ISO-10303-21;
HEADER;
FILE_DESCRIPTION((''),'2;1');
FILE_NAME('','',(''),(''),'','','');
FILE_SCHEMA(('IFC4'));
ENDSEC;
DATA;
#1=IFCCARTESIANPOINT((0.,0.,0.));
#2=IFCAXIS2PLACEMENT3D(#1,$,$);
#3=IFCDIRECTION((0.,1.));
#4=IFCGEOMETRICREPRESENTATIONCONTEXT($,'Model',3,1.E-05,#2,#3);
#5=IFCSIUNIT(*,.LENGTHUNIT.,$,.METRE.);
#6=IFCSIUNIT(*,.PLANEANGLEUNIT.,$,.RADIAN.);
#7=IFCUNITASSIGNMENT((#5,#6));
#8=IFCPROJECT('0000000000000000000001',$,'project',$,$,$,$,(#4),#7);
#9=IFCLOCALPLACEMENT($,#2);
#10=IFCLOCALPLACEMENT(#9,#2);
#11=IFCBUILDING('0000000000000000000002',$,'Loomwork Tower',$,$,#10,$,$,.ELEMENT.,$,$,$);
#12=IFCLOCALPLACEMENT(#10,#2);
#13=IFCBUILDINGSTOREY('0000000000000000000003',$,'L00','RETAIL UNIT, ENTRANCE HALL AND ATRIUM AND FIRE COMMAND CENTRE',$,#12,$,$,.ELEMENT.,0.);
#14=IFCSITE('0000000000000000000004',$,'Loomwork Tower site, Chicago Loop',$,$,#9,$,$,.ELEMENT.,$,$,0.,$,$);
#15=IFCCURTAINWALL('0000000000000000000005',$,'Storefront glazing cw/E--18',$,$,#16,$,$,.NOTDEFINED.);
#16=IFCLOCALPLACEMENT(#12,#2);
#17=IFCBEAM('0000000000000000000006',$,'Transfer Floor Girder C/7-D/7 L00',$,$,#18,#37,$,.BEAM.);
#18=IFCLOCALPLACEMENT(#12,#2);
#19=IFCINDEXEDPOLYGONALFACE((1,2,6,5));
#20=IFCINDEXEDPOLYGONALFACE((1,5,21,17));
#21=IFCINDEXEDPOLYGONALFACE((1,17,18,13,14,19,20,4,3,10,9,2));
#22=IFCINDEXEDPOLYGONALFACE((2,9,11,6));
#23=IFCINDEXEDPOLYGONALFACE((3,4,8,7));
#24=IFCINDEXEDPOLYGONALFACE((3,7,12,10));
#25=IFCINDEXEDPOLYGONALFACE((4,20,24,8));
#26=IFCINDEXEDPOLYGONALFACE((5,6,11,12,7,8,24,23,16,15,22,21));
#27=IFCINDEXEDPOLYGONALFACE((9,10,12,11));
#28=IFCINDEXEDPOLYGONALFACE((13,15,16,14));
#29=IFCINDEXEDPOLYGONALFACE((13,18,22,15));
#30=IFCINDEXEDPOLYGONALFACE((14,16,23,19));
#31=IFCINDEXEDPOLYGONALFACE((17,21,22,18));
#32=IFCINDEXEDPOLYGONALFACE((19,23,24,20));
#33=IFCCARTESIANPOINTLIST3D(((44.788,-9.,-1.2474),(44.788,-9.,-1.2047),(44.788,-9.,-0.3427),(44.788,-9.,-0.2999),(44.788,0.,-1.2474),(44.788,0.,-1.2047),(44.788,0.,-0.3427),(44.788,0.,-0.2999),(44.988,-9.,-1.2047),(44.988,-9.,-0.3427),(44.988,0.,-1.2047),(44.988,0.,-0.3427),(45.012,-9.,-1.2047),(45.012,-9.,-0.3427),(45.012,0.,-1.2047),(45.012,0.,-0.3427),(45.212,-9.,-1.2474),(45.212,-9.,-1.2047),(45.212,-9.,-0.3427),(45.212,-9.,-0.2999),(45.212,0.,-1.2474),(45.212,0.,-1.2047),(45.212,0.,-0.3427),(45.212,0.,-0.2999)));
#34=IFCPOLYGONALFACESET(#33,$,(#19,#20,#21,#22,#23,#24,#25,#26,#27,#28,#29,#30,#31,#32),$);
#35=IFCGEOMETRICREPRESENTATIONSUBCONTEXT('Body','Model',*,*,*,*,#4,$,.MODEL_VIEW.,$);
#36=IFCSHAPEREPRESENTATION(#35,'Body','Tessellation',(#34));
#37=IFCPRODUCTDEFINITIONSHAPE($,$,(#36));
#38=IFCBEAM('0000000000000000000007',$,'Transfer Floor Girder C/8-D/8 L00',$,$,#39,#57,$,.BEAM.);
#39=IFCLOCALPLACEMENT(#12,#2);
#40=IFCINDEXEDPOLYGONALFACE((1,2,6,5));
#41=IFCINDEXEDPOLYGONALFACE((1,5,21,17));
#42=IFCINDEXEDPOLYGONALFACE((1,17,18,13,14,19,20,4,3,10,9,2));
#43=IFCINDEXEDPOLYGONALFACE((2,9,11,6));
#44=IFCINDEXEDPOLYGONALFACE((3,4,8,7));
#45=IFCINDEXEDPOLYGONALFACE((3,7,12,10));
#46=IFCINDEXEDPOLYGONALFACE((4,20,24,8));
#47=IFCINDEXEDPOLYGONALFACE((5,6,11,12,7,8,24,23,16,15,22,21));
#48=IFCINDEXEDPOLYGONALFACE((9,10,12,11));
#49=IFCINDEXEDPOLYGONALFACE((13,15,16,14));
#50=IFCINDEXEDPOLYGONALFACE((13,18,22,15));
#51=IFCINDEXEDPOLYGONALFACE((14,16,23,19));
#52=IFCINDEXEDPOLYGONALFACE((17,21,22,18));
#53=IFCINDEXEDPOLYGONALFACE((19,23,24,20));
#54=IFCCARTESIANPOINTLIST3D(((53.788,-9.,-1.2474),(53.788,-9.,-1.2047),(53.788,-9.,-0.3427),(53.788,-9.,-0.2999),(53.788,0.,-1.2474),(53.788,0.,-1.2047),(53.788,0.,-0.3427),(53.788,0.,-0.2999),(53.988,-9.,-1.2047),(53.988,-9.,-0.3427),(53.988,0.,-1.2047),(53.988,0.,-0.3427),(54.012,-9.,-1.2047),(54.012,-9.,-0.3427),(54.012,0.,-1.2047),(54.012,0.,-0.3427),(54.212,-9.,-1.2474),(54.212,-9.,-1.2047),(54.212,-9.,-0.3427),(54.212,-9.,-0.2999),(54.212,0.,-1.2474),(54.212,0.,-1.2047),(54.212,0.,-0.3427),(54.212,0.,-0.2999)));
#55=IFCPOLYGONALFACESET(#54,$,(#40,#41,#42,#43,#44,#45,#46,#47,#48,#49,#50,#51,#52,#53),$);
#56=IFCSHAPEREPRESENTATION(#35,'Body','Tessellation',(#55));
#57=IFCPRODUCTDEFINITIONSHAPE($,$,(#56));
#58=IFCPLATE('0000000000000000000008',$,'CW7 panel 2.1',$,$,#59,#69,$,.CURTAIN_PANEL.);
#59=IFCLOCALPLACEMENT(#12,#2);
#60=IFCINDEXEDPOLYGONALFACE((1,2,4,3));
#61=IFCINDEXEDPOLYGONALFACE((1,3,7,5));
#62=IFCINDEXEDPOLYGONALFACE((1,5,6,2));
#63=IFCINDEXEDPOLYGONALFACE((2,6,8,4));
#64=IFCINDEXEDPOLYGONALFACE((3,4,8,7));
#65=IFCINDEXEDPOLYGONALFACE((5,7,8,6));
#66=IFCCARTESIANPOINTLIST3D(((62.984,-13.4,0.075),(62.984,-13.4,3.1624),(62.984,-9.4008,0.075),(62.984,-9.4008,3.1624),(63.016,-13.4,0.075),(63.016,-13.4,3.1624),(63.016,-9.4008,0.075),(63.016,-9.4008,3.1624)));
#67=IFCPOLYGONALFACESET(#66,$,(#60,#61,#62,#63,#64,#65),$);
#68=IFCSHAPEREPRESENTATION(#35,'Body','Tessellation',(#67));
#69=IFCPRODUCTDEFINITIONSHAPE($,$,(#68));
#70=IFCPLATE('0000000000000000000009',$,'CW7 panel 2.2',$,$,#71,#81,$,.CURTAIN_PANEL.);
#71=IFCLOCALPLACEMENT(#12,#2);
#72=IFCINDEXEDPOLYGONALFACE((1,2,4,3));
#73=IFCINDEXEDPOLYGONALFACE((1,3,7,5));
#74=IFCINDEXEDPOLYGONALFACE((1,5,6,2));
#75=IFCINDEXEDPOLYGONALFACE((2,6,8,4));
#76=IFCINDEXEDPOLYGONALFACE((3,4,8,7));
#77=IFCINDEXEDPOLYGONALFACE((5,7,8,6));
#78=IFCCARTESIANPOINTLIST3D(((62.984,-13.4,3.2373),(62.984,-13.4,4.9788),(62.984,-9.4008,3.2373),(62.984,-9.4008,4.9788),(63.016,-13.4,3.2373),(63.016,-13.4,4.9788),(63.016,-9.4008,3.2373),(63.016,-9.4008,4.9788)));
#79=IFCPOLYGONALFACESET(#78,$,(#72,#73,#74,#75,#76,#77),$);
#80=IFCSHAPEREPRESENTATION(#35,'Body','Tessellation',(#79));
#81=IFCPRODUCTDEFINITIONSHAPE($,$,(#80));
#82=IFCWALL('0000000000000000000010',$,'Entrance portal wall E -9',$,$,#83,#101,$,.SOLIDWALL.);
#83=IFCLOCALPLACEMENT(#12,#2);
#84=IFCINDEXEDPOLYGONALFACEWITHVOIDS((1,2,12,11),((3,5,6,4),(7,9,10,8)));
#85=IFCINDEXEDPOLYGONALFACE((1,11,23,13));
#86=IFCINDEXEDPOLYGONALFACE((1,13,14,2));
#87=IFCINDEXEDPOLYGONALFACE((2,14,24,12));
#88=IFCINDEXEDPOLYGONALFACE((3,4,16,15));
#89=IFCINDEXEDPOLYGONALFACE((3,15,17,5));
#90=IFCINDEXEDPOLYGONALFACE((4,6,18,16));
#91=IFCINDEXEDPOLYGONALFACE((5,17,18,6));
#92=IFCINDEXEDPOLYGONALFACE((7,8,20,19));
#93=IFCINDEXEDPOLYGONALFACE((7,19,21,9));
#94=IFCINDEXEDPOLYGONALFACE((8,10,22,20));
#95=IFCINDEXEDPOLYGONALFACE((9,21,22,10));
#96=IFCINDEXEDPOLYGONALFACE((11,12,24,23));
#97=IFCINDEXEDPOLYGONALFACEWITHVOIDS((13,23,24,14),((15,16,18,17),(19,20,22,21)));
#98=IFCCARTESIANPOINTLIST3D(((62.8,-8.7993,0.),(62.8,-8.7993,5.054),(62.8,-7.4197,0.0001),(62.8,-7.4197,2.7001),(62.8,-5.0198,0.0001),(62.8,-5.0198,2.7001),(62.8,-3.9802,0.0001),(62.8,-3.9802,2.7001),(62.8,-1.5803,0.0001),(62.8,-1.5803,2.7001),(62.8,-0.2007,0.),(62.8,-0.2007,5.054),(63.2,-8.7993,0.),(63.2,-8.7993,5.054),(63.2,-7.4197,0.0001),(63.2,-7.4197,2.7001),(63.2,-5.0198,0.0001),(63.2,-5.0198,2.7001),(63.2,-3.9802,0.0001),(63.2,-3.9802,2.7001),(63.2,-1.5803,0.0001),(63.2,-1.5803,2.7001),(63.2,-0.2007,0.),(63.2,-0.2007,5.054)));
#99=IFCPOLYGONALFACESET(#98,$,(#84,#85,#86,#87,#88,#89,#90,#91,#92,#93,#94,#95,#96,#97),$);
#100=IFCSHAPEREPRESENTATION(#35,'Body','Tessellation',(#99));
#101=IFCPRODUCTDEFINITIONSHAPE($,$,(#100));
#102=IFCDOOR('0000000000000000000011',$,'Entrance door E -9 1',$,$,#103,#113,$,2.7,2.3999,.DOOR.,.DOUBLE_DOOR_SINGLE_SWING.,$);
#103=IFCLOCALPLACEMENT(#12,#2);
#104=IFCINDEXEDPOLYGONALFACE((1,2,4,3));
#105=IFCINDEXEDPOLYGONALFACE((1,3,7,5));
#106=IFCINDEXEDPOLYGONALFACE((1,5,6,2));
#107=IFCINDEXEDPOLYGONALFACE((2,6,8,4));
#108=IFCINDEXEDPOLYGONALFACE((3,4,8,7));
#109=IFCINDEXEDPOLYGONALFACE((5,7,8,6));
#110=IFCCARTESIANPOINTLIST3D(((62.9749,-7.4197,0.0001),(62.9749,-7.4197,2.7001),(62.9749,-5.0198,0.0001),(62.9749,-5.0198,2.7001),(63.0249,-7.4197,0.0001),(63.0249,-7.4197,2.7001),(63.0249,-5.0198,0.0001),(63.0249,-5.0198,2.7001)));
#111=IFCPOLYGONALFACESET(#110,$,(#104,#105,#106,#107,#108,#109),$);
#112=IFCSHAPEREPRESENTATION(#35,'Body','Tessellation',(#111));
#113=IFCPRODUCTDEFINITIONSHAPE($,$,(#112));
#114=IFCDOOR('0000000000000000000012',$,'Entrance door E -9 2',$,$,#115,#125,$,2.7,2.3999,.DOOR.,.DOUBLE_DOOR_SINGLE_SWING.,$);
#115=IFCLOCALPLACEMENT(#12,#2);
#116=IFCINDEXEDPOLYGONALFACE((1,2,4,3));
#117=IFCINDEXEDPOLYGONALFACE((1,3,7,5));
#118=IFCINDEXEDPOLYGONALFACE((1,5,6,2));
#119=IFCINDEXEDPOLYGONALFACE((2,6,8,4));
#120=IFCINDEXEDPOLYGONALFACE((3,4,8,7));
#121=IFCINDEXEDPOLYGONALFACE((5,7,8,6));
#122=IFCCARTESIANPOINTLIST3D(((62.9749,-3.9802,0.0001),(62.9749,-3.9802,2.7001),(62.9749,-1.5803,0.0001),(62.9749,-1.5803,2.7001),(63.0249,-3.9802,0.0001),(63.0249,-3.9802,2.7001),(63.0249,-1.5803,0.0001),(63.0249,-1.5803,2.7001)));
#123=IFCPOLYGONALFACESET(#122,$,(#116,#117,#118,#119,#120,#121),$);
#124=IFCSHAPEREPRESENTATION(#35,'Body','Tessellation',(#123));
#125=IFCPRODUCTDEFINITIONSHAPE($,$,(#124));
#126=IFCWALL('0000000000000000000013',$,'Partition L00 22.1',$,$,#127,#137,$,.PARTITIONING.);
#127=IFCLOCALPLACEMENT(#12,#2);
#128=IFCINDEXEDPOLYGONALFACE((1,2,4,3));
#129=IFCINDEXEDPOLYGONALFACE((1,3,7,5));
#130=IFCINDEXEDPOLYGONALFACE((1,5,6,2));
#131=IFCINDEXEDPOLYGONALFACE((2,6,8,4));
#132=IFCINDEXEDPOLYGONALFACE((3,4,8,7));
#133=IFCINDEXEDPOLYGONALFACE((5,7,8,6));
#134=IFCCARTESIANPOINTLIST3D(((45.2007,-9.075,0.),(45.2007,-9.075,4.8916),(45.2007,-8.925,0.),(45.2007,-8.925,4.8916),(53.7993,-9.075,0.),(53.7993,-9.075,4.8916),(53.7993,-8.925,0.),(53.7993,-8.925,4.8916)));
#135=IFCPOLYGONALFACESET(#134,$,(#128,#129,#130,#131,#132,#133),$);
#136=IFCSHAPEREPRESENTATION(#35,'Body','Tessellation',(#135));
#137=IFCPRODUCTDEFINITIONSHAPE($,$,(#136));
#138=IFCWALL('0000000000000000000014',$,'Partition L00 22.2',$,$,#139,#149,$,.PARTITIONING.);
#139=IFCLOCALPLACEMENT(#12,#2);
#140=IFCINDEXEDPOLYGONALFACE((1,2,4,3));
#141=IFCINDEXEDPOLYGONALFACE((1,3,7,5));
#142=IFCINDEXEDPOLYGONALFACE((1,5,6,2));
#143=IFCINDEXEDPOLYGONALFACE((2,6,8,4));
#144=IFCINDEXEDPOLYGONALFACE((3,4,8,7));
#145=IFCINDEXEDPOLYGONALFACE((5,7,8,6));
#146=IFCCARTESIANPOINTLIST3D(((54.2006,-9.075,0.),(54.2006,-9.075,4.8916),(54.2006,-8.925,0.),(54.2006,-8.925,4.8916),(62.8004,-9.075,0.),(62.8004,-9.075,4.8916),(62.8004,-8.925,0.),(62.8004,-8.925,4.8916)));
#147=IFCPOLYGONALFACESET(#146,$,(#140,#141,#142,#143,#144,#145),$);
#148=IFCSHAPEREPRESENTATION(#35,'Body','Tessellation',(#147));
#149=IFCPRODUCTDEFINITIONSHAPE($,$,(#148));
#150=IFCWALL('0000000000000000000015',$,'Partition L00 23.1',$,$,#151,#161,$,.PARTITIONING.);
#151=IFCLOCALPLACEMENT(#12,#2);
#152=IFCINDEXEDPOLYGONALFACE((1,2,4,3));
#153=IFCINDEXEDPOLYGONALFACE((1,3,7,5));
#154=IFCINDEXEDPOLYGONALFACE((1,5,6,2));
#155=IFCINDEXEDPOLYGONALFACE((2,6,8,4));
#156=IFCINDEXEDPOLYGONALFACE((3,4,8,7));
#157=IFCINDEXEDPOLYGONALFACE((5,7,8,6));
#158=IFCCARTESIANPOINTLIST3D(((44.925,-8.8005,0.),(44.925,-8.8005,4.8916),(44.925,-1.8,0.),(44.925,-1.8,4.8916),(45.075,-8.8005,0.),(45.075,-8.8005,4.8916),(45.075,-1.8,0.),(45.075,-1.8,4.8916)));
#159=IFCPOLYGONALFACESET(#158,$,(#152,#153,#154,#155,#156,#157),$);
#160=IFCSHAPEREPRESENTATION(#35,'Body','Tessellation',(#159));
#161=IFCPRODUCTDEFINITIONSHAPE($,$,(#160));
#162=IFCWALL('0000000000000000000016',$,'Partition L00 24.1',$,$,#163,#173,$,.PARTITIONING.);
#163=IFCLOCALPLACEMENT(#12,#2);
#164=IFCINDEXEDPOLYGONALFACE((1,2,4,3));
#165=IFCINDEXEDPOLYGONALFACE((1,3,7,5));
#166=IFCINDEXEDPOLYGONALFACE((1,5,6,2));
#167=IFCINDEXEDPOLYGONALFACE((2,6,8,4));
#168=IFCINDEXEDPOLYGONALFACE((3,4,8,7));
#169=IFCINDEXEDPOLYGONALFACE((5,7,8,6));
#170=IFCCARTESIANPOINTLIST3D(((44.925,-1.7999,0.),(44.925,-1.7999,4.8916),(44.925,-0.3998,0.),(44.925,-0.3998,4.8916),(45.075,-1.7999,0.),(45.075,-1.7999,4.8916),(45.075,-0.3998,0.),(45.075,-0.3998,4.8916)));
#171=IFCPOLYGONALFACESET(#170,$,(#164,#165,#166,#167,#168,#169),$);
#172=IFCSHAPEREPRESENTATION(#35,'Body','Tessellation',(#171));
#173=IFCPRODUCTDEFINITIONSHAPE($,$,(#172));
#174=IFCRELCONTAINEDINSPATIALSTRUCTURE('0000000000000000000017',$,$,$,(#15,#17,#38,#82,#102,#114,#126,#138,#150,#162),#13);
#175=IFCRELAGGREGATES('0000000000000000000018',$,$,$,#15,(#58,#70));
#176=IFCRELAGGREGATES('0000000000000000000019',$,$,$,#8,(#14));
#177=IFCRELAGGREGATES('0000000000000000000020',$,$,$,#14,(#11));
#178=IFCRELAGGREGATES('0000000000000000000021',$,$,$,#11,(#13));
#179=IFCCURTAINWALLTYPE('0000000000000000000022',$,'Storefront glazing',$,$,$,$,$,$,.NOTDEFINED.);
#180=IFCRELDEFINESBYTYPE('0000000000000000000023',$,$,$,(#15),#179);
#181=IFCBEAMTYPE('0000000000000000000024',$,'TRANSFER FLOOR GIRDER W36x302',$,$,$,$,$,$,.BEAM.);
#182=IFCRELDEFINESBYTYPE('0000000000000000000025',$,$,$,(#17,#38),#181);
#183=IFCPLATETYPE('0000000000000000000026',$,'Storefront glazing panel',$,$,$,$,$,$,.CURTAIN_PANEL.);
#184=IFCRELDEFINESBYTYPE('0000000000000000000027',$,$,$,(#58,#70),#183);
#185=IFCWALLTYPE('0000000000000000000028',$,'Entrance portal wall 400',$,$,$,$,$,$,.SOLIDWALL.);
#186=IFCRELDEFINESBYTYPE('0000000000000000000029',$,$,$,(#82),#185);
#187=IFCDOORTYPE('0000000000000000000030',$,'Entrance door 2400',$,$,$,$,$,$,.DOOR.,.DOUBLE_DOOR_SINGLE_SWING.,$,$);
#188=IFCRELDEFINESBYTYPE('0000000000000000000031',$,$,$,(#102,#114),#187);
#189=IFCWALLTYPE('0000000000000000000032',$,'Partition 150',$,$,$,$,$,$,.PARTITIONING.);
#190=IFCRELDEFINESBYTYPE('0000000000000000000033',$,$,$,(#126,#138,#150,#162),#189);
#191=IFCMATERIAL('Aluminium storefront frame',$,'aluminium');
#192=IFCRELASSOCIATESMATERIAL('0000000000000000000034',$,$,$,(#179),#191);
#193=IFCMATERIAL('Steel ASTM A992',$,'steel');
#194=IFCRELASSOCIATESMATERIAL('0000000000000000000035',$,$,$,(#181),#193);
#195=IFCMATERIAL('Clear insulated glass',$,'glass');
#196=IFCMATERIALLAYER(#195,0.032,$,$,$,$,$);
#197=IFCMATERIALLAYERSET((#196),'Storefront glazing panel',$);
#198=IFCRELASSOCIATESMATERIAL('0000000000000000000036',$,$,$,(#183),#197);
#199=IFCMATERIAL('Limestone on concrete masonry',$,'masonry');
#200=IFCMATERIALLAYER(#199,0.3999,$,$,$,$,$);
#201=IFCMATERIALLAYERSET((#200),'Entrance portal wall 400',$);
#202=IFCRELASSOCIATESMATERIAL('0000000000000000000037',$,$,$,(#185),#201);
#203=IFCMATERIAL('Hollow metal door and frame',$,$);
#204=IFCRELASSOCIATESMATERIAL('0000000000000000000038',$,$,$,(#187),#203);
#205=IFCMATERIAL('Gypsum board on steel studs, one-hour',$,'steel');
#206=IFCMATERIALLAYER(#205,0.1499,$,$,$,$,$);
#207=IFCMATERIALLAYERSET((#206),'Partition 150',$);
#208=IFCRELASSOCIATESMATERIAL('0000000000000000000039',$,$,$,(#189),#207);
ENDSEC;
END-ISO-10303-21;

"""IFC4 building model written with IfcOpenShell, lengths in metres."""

from ifc_helpers import new_model, si_unit, direction, frame, frame_2d, origin, origin_2d, place, context, subcontext, project, spatial, rectangle, i_section, extrude, material, layer, layer_set, material_profile, profile_set, type_object, element, fill, aggregate, save


model = new_model("IFC4")

# Units and contexts
model_context = context("Model", 3, precision=1e-05, world=origin(), true_north=direction((0.0, 1.0)))
body_context = subcontext(model_context, "Body", "Model", "MODEL_VIEW")
ifc_project = project(units=[si_unit("LENGTHUNIT", "METRE"), si_unit("PLANEANGLEUNIT", "RADIAN")], contexts=[model_context])

# Site, building, storey
site_placement = place(None, origin())
site = spatial("IfcSite", under=ifc_project, at=site_placement, Name="Loomwork Tower site, Chicago Loop", CompositionType="ELEMENT", RefElevation=0.0)
building_placement = place(site_placement, origin())
building = spatial("IfcBuilding", under=site, at=building_placement, Name="Loomwork Tower", CompositionType="ELEMENT")
storey_placement = place(building_placement, origin())
storey = spatial("IfcBuildingStorey", under=building, at=storey_placement, Name="L00", Description="RETAIL UNIT, ENTRANCE HALL AND ATRIUM AND FIRE COMMAND CENTRE", CompositionType="ELEMENT", Elevation=0.0)

# Curtain wall
ifc_material_1 = material(Name="Aluminium storefront frame", Category="aluminium")
curtain_wall_type = type_object("IfcCurtainWallType", Name="Storefront glazing", PredefinedType="NOTDEFINED", material=ifc_material_1)
curtain_wall_placement = place(storey_placement, origin())
curtain_wall = element("IfcCurtainWall", 1, at=curtain_wall_placement, inside=storey, type_object=curtain_wall_type, Name="Storefront glazing cw/E--18", PredefinedType="NOTDEFINED")

# Beams
ifc_material_2 = material(Name="Steel ASTM A992", Category="steel")
ifc_material_profile_1 = material_profile(ifc_material_2, i_section(OverallWidth=0.4241, OverallDepth=0.9475, WebThickness=0.0239, FlangeThickness=0.0427, at=origin_2d()), Name="W36x302")
ifc_profile_set_1 = profile_set([ifc_material_profile_1], Name="Steel ASTM A992")
beam_type_1 = type_object("IfcBeamType", Name="TRANSFER FLOOR GIRDER W36x302", PredefinedType="BEAM", material=ifc_profile_set_1)
for number, where, z_axis, x_axis, name in (
    (2, (45.0, -9.0, -0.7737), (0.0, 1.0, 0.0), (-1.0, 0.0, 0.0), "Transfer Floor Girder C/7-D/7 L00"),
    (3, (54.0, -9.0, -0.7737), (0.0, 1.0, 0.0), (-1.0, 0.0, 0.0), "Transfer Floor Girder C/8-D/8 L00"),
):
    element("IfcBeam", number, at=place(storey_placement, frame(where, z_axis=z_axis, x_axis=x_axis)), inside=storey, type_object=beam_type_1, Name=name, PredefinedType="BEAM", context=body_context, shape_type="SweptSolid", body=[
        extrude(i_section(OverallWidth=0.4241, OverallDepth=0.9475, WebThickness=0.0239, FlangeThickness=0.0427, at=origin_2d()), origin(), (0.0, 0.0, 1.0), 9.0),
    ])

# Plates
ifc_material_3 = material(Name="Clear insulated glass", Category="glass")
ifc_layer_1 = layer(ifc_material_3, 0.032)
ifc_layer_set_1 = layer_set([ifc_layer_1], Name="Storefront glazing panel")
plate_type = type_object("IfcPlateType", Name="Storefront glazing panel", PredefinedType="CURTAIN_PANEL", material=ifc_layer_set_1)
plate_1_placement = place(storey_placement, frame((63.0, -11.4004, 0.075), z_axis=(0.0, 0.0, 1.0), x_axis=(0.0, 1.0, 0.0)))
plate_1 = element("IfcPlate", 4, at=plate_1_placement, type_object=plate_type, Name="CW7 panel 2.1", PredefinedType="CURTAIN_PANEL", context=body_context, shape_type="SweptSolid", body=[
    extrude(rectangle(XDim=3.9993, YDim=0.032, at=origin_2d()), origin(), (0.0, 0.0, 1.0), 3.0874),
])
plate_2_placement = place(storey_placement, frame((63.0, -11.4004, 3.2373), z_axis=(0.0, 0.0, 1.0), x_axis=(0.0, 1.0, 0.0)))
plate_2 = element("IfcPlate", 5, at=plate_2_placement, type_object=plate_type, Name="CW7 panel 2.2", PredefinedType="CURTAIN_PANEL", context=body_context, shape_type="SweptSolid", body=[
    extrude(rectangle(XDim=3.9993, YDim=0.032, at=origin_2d()), origin(), (0.0, 0.0, 1.0), 1.7415),
])
aggregate(curtain_wall, [plate_1, plate_2])

# Wall, openings, doors
ifc_material_4 = material(Name="Limestone on concrete masonry", Category="masonry")
ifc_layer_2 = layer(ifc_material_4, 0.3999)
ifc_layer_set_2 = layer_set([ifc_layer_2], Name="Entrance portal wall 400")
wall_type_1 = type_object("IfcWallType", Name="Entrance portal wall 400", PredefinedType="SOLIDWALL", material=ifc_layer_set_2)
wall_1_placement = place(storey_placement, frame((63.0, -8.7993, 0.0), z_axis=(0.0, 0.0, 1.0), x_axis=(0.0, 1.0, 0.0)))
wall_1 = element("IfcWall", 6, at=wall_1_placement, inside=storey, type_object=wall_type_1, Name="Entrance portal wall E -9", PredefinedType="SOLIDWALL", context=body_context, shape_type="SweptSolid", body=[
    extrude(rectangle(XDim=8.5986, YDim=0.3999, at=frame_2d((4.2993, 0.0))), origin(), (0.0, 0.0, 1.0), 5.054),
])
opening_1_placement = place(wall_1_placement, frame((1.3796, 0.0, 0.0)))
opening_1 = element("IfcOpeningElement", 7, at=opening_1_placement, cuts=wall_1, PredefinedType="OPENING", context=body_context, shape_type="SweptSolid", body=[
    extrude(rectangle(XDim=2.3999, YDim=2.7, at=frame_2d((1.2, 1.3501))), frame((0.0, 0.21, 0.0), z_axis=(0.0, -1.0, 0.0), x_axis=(1.0, 0.0, 0.0)), (0.0, 0.0, 1.0), 0.4199),
])
opening_2_placement = place(wall_1_placement, frame((4.8191, 0.0, 0.0)))
opening_2 = element("IfcOpeningElement", 8, at=opening_2_placement, cuts=wall_1, PredefinedType="OPENING", context=body_context, shape_type="SweptSolid", body=[
    extrude(rectangle(XDim=2.3999, YDim=2.7, at=frame_2d((1.2, 1.3501))), frame((0.0, 0.21, 0.0), z_axis=(0.0, -1.0, 0.0), x_axis=(1.0, 0.0, 0.0)), (0.0, 0.0, 1.0), 0.4199),
])
ifc_material_5 = material(Name="Hollow metal door and frame")
door_type = type_object("IfcDoorType", Name="Entrance door 2400", OperationType="DOUBLE_DOOR_SINGLE_SWING", PredefinedType="DOOR", material=ifc_material_5)
door_1_placement = place(opening_1_placement, frame((2.3999, 0.0, 0.0), z_axis=(0.0, 0.0, 1.0), x_axis=(-1.0, 0.0, 0.0)))
door_1 = element("IfcDoor", 9, at=door_1_placement, inside=storey, type_object=door_type, Name="Entrance door E -9 1", OperationType="DOUBLE_DOOR_SINGLE_SWING", OverallHeight=2.7, OverallWidth=2.3999, PredefinedType="DOOR", context=body_context, shape_type="SweptSolid", body=[
    extrude(rectangle(XDim=2.3999, YDim=2.7, at=frame_2d((1.2, 1.3501))), frame((0.0, 0.0249, 0.0), z_axis=(0.0, -1.0, 0.0), x_axis=(1.0, 0.0, 0.0)), (0.0, 0.0, 1.0), 0.05),
])
fill(opening_1, door_1)
door_2_placement = place(opening_2_placement, frame((2.3999, 0.0, 0.0), z_axis=(0.0, 0.0, 1.0), x_axis=(-1.0, 0.0, 0.0)))
door_2 = element("IfcDoor", 10, at=door_2_placement, inside=storey, type_object=door_type, Name="Entrance door E -9 2", OperationType="DOUBLE_DOOR_SINGLE_SWING", OverallHeight=2.7, OverallWidth=2.3999, PredefinedType="DOOR", context=body_context, shape_type="SweptSolid", body=[
    extrude(rectangle(XDim=2.3999, YDim=2.7, at=frame_2d((1.2, 1.3501))), frame((0.0, 0.0249, 0.0), z_axis=(0.0, -1.0, 0.0), x_axis=(1.0, 0.0, 0.0)), (0.0, 0.0, 1.0), 0.05),
])
fill(opening_2, door_2)

# Walls
ifc_material_6 = material(Name="Gypsum board on steel studs, one-hour", Category="steel")
ifc_layer_3 = layer(ifc_material_6, 0.1499)
ifc_layer_set_3 = layer_set([ifc_layer_3], Name="Partition 150")
wall_type_2 = type_object("IfcWallType", Name="Partition 150", PredefinedType="PARTITIONING", material=ifc_layer_set_3)
wall_2_placement = place(storey_placement, frame((45.2007, -9.0, 0.0), z_axis=(0.0, 0.0, 1.0), x_axis=(1.0, 0.0, 0.0)))
element("IfcWall", 11, at=wall_2_placement, inside=storey, type_object=wall_type_2, Name="Partition L00 22.1", PredefinedType="PARTITIONING", context=body_context, shape_type="SweptSolid", body=[
    extrude(rectangle(XDim=8.5986, YDim=0.1499, at=frame_2d((4.2993, 0.0))), origin(), (0.0, 0.0, 1.0), 4.8916),
])
wall_3_placement = place(storey_placement, frame((54.2007, -9.0, 0.0), z_axis=(0.0, 0.0, 1.0), x_axis=(1.0, 0.0, 0.0)))
element("IfcWall", 12, at=wall_3_placement, inside=storey, type_object=wall_type_2, Name="Partition L00 22.2", PredefinedType="PARTITIONING", context=body_context, shape_type="SweptSolid", body=[
    extrude(rectangle(XDim=8.5999, YDim=0.1499, at=frame_2d((4.2998, 0.0))), origin(), (0.0, 0.0, 1.0), 4.8916),
])
wall_4_placement = place(storey_placement, frame((45.0, -1.8, 0.0), z_axis=(0.0, 0.0, 1.0), x_axis=(0.0, -1.0, 0.0)))
element("IfcWall", 13, at=wall_4_placement, inside=storey, type_object=wall_type_2, Name="Partition L00 23.1", PredefinedType="PARTITIONING", context=body_context, shape_type="SweptSolid", body=[
    extrude(rectangle(XDim=7.0005, YDim=0.1499, at=frame_2d((3.5002, 0.0))), origin(), (0.0, 0.0, 1.0), 4.8916),
])
wall_5_placement = place(storey_placement, frame((45.0, -1.8, 0.0), z_axis=(0.0, 0.0, 1.0), x_axis=(0.0, 1.0, 0.0)))
element("IfcWall", 14, at=wall_5_placement, inside=storey, type_object=wall_type_2, Name="Partition L00 24.1", PredefinedType="PARTITIONING", context=body_context, shape_type="SweptSolid", body=[
    extrude(rectangle(XDim=1.4001, YDim=0.1499, at=frame_2d((0.7002, 0.0))), origin(), (0.0, 0.0, 1.0), 4.8916),
])

save(model, "model.ifc")
